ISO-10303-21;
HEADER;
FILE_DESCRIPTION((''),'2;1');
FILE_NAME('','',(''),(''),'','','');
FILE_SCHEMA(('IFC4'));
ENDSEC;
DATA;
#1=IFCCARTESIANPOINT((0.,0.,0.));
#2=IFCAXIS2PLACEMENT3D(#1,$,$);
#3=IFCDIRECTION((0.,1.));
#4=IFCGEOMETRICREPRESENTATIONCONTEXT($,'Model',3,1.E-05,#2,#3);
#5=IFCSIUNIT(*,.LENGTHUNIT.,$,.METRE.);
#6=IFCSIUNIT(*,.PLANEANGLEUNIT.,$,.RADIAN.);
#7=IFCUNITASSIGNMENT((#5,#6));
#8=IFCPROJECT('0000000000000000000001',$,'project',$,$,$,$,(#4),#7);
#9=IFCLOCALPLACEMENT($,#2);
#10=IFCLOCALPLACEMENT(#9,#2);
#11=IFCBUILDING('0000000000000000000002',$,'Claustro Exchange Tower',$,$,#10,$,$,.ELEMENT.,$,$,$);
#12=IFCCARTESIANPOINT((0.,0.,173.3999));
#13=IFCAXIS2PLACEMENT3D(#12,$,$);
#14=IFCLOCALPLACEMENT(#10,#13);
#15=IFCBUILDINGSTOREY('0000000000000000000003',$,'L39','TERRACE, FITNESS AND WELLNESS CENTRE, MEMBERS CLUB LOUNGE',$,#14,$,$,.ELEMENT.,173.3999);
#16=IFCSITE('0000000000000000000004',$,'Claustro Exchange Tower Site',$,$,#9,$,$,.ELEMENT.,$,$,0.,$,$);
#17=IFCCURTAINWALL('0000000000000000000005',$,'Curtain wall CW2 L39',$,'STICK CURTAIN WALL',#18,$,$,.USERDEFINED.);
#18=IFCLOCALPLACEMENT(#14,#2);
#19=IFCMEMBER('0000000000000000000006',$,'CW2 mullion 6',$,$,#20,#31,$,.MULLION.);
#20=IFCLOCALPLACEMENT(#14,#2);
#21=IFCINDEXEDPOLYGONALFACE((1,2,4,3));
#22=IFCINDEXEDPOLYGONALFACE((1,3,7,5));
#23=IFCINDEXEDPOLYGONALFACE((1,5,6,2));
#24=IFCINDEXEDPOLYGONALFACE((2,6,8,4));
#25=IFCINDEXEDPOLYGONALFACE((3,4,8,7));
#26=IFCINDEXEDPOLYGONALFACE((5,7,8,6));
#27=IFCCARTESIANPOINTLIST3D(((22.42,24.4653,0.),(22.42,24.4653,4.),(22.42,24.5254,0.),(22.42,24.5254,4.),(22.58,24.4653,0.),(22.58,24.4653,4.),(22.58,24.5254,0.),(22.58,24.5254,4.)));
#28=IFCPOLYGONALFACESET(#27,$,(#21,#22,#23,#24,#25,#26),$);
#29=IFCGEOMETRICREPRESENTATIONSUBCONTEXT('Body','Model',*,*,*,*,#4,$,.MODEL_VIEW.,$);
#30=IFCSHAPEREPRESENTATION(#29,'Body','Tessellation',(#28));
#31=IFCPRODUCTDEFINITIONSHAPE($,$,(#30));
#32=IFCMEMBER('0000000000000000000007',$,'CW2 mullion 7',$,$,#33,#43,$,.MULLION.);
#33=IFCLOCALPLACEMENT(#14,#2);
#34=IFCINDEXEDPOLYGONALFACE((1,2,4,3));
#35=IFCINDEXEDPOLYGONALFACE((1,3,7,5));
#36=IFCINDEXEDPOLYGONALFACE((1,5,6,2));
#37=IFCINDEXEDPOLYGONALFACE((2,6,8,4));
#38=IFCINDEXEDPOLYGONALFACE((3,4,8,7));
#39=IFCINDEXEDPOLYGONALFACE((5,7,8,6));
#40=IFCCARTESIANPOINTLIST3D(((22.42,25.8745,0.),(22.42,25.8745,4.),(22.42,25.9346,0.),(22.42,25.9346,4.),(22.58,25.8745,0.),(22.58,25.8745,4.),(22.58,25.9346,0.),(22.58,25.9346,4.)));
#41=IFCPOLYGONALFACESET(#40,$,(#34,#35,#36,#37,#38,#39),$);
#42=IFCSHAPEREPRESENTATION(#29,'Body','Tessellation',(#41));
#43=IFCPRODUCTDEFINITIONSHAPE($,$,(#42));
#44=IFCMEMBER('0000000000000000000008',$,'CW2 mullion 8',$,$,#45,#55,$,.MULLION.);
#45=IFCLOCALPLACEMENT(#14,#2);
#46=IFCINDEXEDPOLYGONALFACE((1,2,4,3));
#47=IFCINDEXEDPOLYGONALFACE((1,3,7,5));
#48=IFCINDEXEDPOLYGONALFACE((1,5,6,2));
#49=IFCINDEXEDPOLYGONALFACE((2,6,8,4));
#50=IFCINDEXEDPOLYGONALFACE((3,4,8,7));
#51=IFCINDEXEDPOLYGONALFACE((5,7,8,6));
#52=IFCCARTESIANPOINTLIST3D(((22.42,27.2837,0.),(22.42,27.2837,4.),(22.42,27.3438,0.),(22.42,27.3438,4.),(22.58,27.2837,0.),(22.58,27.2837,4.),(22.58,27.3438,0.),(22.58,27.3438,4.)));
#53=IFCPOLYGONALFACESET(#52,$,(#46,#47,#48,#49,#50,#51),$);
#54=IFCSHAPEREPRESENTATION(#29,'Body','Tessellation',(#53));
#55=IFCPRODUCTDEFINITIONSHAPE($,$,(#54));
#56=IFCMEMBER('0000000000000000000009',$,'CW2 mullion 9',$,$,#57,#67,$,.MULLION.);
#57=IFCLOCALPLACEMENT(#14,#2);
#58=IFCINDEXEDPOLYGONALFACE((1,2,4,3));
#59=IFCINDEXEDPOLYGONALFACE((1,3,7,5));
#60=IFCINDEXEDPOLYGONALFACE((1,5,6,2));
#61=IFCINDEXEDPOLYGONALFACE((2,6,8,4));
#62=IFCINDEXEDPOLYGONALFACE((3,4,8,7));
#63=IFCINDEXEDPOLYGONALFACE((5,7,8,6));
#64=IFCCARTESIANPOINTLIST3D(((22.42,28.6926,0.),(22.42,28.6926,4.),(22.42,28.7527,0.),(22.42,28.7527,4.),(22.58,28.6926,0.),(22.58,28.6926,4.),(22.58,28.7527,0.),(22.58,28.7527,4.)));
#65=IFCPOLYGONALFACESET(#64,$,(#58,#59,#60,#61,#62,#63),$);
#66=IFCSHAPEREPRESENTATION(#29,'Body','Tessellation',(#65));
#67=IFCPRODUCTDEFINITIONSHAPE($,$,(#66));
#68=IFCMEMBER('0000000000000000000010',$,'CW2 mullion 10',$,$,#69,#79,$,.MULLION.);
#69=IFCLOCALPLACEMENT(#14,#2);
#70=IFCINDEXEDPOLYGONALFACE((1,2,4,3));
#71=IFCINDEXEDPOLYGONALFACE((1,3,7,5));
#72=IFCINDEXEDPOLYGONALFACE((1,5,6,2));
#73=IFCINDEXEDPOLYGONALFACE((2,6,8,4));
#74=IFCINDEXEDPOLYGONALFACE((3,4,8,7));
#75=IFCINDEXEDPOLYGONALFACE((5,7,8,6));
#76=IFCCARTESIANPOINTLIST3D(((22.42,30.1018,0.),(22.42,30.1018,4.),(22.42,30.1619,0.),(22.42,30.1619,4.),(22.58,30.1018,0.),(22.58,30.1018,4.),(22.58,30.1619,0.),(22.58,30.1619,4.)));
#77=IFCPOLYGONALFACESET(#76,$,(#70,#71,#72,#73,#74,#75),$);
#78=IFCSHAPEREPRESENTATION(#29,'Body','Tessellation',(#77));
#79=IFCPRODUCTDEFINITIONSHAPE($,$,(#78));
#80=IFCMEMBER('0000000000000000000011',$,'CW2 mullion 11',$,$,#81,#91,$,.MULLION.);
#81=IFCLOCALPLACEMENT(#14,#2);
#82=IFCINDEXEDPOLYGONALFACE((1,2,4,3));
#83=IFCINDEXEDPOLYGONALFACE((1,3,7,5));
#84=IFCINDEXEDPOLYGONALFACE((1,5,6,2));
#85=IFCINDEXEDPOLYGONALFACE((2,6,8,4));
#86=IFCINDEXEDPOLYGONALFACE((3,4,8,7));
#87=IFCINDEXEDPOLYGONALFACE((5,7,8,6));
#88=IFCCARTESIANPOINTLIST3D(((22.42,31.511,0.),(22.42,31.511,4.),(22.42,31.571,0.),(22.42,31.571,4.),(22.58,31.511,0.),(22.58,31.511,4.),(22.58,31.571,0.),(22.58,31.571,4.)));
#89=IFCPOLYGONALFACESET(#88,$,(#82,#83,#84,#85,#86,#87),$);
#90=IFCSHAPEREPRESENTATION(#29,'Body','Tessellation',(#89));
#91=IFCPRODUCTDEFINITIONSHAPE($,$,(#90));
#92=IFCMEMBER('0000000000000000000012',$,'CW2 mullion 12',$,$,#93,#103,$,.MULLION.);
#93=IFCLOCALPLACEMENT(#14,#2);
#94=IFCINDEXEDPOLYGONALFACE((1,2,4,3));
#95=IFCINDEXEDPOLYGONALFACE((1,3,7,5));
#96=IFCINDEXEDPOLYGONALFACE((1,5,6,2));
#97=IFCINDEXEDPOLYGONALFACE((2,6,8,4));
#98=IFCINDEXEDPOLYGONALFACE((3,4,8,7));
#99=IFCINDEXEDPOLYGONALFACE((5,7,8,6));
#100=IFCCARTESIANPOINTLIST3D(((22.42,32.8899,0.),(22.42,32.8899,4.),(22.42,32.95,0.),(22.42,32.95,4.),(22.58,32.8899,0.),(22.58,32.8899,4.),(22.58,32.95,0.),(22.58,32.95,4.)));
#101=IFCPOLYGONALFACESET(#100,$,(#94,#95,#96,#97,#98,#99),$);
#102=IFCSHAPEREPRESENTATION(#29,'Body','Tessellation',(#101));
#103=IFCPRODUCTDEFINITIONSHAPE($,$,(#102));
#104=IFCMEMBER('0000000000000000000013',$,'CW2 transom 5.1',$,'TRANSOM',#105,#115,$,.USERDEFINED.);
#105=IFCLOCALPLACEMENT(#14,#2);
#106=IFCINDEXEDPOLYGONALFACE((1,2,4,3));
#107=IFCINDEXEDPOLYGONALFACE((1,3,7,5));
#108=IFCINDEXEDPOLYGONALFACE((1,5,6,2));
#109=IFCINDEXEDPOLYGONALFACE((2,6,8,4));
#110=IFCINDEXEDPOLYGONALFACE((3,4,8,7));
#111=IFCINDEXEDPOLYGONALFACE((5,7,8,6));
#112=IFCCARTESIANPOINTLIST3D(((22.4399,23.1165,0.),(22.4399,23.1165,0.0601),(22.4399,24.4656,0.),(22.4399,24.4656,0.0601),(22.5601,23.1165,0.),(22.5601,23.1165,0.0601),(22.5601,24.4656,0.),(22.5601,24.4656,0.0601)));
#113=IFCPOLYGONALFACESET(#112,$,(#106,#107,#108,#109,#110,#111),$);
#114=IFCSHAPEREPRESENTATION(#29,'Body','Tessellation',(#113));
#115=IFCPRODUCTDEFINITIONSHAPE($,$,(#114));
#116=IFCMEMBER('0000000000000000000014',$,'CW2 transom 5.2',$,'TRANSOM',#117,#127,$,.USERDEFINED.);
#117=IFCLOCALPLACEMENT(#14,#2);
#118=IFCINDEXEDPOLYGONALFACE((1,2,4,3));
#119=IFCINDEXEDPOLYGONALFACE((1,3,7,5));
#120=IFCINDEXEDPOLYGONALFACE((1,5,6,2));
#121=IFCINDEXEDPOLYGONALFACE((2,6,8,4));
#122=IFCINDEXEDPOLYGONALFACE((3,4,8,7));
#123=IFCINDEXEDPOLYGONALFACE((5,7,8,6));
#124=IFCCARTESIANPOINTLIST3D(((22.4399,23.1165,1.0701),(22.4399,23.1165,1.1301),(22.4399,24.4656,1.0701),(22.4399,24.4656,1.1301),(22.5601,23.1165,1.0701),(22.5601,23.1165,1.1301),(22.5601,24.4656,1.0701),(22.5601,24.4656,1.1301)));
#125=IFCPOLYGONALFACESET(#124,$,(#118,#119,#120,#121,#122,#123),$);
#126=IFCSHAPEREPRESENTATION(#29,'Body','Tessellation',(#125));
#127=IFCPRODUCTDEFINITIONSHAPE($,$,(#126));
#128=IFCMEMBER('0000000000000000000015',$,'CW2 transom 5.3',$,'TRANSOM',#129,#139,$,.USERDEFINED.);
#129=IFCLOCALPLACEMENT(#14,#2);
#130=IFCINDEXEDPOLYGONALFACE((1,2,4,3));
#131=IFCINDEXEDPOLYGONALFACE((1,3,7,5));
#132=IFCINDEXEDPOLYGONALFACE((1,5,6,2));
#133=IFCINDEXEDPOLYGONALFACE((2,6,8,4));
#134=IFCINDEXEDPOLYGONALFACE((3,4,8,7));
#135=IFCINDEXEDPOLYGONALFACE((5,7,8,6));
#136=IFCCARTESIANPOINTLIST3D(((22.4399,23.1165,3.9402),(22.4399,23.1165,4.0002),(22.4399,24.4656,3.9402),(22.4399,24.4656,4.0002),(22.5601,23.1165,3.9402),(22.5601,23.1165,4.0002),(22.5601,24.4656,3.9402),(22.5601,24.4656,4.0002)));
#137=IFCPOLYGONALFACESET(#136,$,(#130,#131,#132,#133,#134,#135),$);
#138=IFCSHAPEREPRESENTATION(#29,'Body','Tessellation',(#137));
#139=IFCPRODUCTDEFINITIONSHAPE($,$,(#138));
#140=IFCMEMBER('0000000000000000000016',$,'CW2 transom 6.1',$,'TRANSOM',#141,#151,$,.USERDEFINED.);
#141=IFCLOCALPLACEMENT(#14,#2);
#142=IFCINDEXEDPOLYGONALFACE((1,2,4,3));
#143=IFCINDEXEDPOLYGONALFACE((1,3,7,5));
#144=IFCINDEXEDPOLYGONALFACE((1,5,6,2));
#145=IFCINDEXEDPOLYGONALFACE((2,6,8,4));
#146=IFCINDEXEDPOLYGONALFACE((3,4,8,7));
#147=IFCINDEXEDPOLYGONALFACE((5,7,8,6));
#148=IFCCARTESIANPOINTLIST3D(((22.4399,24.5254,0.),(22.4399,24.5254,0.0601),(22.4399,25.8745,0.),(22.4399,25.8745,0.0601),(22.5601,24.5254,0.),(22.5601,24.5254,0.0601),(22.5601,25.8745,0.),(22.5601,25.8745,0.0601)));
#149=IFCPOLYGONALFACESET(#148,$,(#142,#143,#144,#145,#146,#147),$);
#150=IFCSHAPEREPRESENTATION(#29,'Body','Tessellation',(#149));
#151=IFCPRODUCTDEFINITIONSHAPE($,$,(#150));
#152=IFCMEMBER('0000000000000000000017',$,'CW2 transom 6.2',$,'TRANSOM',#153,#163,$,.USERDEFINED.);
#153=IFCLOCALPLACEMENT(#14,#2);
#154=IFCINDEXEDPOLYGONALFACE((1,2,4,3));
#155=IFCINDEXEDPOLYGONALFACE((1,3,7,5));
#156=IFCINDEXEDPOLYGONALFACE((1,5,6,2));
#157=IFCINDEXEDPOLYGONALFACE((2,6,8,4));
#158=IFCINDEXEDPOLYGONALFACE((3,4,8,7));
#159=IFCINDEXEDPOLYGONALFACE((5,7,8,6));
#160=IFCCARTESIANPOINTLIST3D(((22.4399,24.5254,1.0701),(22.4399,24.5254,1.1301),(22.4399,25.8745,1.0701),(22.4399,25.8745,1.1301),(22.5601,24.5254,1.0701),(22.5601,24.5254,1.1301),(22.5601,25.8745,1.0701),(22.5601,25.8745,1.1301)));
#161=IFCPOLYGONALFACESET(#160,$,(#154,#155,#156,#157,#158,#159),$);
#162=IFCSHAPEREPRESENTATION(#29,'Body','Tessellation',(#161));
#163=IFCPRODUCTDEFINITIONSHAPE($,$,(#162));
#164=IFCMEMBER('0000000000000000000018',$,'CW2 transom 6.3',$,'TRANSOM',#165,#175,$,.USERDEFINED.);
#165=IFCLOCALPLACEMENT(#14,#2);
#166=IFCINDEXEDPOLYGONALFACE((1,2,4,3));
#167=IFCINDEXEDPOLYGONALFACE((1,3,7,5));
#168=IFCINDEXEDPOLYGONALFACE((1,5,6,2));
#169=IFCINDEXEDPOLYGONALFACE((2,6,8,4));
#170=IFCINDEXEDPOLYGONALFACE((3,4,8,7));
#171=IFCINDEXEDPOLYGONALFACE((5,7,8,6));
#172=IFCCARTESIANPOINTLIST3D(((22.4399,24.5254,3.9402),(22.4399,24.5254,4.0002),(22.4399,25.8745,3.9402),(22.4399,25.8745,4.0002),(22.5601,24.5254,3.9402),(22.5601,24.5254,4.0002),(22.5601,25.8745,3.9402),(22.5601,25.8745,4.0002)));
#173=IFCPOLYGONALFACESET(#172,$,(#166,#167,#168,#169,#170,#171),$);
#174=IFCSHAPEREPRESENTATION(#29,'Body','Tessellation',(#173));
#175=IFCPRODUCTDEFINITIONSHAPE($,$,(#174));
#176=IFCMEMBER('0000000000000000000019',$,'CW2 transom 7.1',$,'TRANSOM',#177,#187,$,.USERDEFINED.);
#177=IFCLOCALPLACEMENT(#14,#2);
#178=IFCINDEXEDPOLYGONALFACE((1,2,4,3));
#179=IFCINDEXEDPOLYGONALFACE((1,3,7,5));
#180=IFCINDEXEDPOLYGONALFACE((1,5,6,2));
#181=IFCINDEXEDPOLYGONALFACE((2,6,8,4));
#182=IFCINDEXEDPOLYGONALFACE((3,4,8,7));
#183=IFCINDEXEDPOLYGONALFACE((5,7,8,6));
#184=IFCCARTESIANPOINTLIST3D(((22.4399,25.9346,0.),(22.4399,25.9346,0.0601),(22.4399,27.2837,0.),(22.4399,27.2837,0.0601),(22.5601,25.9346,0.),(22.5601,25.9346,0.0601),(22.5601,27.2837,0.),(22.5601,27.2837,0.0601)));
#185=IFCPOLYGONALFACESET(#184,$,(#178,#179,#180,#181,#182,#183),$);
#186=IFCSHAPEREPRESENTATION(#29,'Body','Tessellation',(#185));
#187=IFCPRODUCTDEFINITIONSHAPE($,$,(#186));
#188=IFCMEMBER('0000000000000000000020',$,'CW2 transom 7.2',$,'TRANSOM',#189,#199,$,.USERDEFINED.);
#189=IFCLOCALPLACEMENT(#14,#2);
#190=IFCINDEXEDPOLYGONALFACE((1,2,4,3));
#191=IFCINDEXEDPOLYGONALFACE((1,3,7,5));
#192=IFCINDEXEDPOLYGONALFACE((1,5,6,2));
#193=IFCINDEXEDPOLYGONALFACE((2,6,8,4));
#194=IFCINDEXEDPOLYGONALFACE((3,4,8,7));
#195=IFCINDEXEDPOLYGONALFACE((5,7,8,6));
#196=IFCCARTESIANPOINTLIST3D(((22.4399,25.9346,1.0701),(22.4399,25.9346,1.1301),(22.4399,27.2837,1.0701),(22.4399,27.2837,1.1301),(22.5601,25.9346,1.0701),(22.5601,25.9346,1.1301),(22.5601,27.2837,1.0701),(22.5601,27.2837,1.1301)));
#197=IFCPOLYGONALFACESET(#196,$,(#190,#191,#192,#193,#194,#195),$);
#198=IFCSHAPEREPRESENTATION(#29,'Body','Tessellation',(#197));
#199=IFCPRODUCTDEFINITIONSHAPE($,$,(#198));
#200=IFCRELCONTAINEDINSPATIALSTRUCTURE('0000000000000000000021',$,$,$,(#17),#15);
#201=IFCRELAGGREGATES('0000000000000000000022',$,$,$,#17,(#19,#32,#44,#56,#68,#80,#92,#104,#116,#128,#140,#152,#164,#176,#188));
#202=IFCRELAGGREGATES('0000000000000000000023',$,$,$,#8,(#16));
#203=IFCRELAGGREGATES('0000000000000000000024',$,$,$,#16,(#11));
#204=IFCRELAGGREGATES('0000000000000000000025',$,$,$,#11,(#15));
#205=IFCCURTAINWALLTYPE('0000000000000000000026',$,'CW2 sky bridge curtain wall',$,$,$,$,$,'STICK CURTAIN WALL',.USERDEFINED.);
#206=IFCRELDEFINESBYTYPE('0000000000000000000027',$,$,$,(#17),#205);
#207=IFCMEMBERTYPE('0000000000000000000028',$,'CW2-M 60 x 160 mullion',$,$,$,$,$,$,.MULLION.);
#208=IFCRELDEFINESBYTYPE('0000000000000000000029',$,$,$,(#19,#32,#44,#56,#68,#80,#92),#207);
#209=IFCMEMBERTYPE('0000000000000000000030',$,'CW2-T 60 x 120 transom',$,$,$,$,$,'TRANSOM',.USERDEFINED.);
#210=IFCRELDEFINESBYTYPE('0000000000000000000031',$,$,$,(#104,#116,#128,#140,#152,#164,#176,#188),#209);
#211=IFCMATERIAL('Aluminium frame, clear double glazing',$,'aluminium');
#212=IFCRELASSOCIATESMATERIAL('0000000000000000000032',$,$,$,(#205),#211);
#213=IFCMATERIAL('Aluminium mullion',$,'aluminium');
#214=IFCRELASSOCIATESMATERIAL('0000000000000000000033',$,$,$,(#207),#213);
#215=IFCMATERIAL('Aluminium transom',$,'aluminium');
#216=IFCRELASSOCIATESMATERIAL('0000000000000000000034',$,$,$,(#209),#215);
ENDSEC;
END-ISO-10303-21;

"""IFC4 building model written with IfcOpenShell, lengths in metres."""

from ifc_helpers import new_model, si_unit, direction, frame, origin, origin_2d, place, context, subcontext, project, spatial, rectangle, extrude, material, material_profile, profile_set, type_object, element, aggregate, save


model = new_model("IFC4")

# Units and contexts
model_context = context("Model", 3, precision=1e-05, world=origin(), true_north=direction((0.0, 1.0)))
body_context = subcontext(model_context, "Body", "Model", "MODEL_VIEW")
ifc_project = project(units=[si_unit("LENGTHUNIT", "METRE"), si_unit("PLANEANGLEUNIT", "RADIAN")], contexts=[model_context])

# Site, building, storey
site_placement = place(None, origin())
site = spatial("IfcSite", under=ifc_project, at=site_placement, Name="Claustro Exchange Tower Site", CompositionType="ELEMENT", RefElevation=0.0)
building_placement = place(site_placement, origin())
building = spatial("IfcBuilding", under=site, at=building_placement, Name="Claustro Exchange Tower", CompositionType="ELEMENT")
storey_placement = place(building_placement, frame((0.0, 0.0, 173.3999)))
storey = spatial("IfcBuildingStorey", under=building, at=storey_placement, Name="L39", Description="TERRACE, FITNESS AND WELLNESS CENTRE, MEMBERS CLUB LOUNGE", CompositionType="ELEMENT", Elevation=173.3999)

# Curtain wall, members
ifc_material_1 = material(Name="Aluminium frame, clear double glazing", Category="aluminium")
curtain_wall_type = type_object("IfcCurtainWallType", Name="CW2 sky bridge curtain wall", ElementType="STICK CURTAIN WALL", PredefinedType="USERDEFINED", material=ifc_material_1)
curtain_wall_placement = place(storey_placement, origin())
curtain_wall = element("IfcCurtainWall", 1, at=curtain_wall_placement, inside=storey, type_object=curtain_wall_type, Name="Curtain wall CW2 L39", ObjectType="STICK CURTAIN WALL", PredefinedType="USERDEFINED")
ifc_material_2 = material(Name="Aluminium mullion", Category="aluminium")
ifc_material_profile_1 = material_profile(ifc_material_2, rectangle(XDim=0.1599, YDim=0.0601, at=origin_2d()), Name="CW2-M 60x160")
ifc_profile_set_1 = profile_set([ifc_material_profile_1], Name="Aluminium mullion")
member_type_1 = type_object("IfcMemberType", Name="CW2-M 60 x 160 mullion", PredefinedType="MULLION", material=ifc_profile_set_1)
member_1_placement = place(storey_placement, frame((22.5, 24.4954, 0.0), z_axis=(0.0, 0.0, 1.0), x_axis=(-1.0, 0.0, 0.0)))
member_1 = element("IfcMember", 2, at=member_1_placement, type_object=member_type_1, Name="CW2 mullion 6", PredefinedType="MULLION", context=body_context, shape_type="SweptSolid", body=[
    extrude(rectangle(XDim=0.1599, YDim=0.0601, at=origin_2d()), origin(), (0.0, 0.0, 1.0), 4.0),
])
member_2_placement = place(storey_placement, frame((22.5, 25.9045, 0.0), z_axis=(0.0, 0.0, 1.0), x_axis=(-1.0, 0.0, 0.0)))
member_2 = element("IfcMember", 3, at=member_2_placement, type_object=member_type_1, Name="CW2 mullion 7", PredefinedType="MULLION", context=body_context, shape_type="SweptSolid", body=[
    extrude(rectangle(XDim=0.1599, YDim=0.0601, at=origin_2d()), origin(), (0.0, 0.0, 1.0), 4.0),
])
member_3_placement = place(storey_placement, frame((22.5, 27.3137, 0.0), z_axis=(0.0, 0.0, 1.0), x_axis=(-1.0, 0.0, 0.0)))
member_3 = element("IfcMember", 4, at=member_3_placement, type_object=member_type_1, Name="CW2 mullion 8", PredefinedType="MULLION", context=body_context, shape_type="SweptSolid", body=[
    extrude(rectangle(XDim=0.1599, YDim=0.0601, at=origin_2d()), origin(), (0.0, 0.0, 1.0), 4.0),
])
member_4_placement = place(storey_placement, frame((22.5, 28.7227, 0.0), z_axis=(0.0, 0.0, 1.0), x_axis=(-1.0, 0.0, 0.0)))
member_4 = element("IfcMember", 5, at=member_4_placement, type_object=member_type_1, Name="CW2 mullion 9", PredefinedType="MULLION", context=body_context, shape_type="SweptSolid", body=[
    extrude(rectangle(XDim=0.1599, YDim=0.0601, at=origin_2d()), origin(), (0.0, 0.0, 1.0), 4.0),
])
member_5_placement = place(storey_placement, frame((22.5, 30.1318, 0.0), z_axis=(0.0, 0.0, 1.0), x_axis=(-1.0, 0.0, 0.0)))
member_5 = element("IfcMember", 6, at=member_5_placement, type_object=member_type_1, Name="CW2 mullion 10", PredefinedType="MULLION", context=body_context, shape_type="SweptSolid", body=[
    extrude(rectangle(XDim=0.1599, YDim=0.0601, at=origin_2d()), origin(), (0.0, 0.0, 1.0), 4.0),
])
member_6_placement = place(storey_placement, frame((22.5, 31.541, 0.0), z_axis=(0.0, 0.0, 1.0), x_axis=(-1.0, 0.0, 0.0)))
member_6 = element("IfcMember", 7, at=member_6_placement, type_object=member_type_1, Name="CW2 mullion 11", PredefinedType="MULLION", context=body_context, shape_type="SweptSolid", body=[
    extrude(rectangle(XDim=0.1599, YDim=0.0601, at=origin_2d()), origin(), (0.0, 0.0, 1.0), 4.0),
])
member_7_placement = place(storey_placement, frame((22.5, 32.9199, 0.0), z_axis=(0.0, 0.0, 1.0), x_axis=(-1.0, 0.0, 0.0)))
member_7 = element("IfcMember", 8, at=member_7_placement, type_object=member_type_1, Name="CW2 mullion 12", PredefinedType="MULLION", context=body_context, shape_type="SweptSolid", body=[
    extrude(rectangle(XDim=0.1599, YDim=0.0601, at=origin_2d()), origin(), (0.0, 0.0, 1.0), 4.0),
])
ifc_material_3 = material(Name="Aluminium transom", Category="aluminium")
ifc_material_profile_2 = material_profile(ifc_material_3, rectangle(XDim=0.1201, YDim=0.0601, at=origin_2d()), Name="CW2-T 60x120")
ifc_profile_set_2 = profile_set([ifc_material_profile_2], Name="Aluminium transom")
member_type_2 = type_object("IfcMemberType", Name="CW2-T 60 x 120 transom", ElementType="TRANSOM", PredefinedType="USERDEFINED", material=ifc_profile_set_2)
member_8_placement = place(storey_placement, frame((22.5, 23.1165, 0.03), z_axis=(0.0, 1.0, 0.0), x_axis=(-1.0, 0.0, 0.0)))
member_8 = element("IfcMember", 9, at=member_8_placement, type_object=member_type_2, Name="CW2 transom 5.1", ObjectType="TRANSOM", PredefinedType="USERDEFINED", context=body_context, shape_type="SweptSolid", body=[
    extrude(rectangle(XDim=0.1201, YDim=0.0601, at=origin_2d()), origin(), (0.0, 0.0, 1.0), 1.3491),
])
member_9_placement = place(storey_placement, frame((22.5, 23.1165, 1.1001), z_axis=(0.0, 1.0, 0.0), x_axis=(-1.0, 0.0, 0.0)))
member_9 = element("IfcMember", 10, at=member_9_placement, type_object=member_type_2, Name="CW2 transom 5.2", ObjectType="TRANSOM", PredefinedType="USERDEFINED", context=body_context, shape_type="SweptSolid", body=[
    extrude(rectangle(XDim=0.1201, YDim=0.0601, at=origin_2d()), origin(), (0.0, 0.0, 1.0), 1.3491),
])
member_10_placement = place(storey_placement, frame((22.5, 23.1165, 3.9702), z_axis=(0.0, 1.0, 0.0), x_axis=(-1.0, 0.0, 0.0)))
member_10 = element("IfcMember", 11, at=member_10_placement, type_object=member_type_2, Name="CW2 transom 5.3", ObjectType="TRANSOM", PredefinedType="USERDEFINED", context=body_context, shape_type="SweptSolid", body=[
    extrude(rectangle(XDim=0.1201, YDim=0.0601, at=origin_2d()), origin(), (0.0, 0.0, 1.0), 1.3491),
])
member_11_placement = place(storey_placement, frame((22.5, 24.5254, 0.03), z_axis=(0.0, 1.0, 0.0), x_axis=(-1.0, 0.0, 0.0)))
member_11 = element("IfcMember", 12, at=member_11_placement, type_object=member_type_2, Name="CW2 transom 6.1", ObjectType="TRANSOM", PredefinedType="USERDEFINED", context=body_context, shape_type="SweptSolid", body=[
    extrude(rectangle(XDim=0.1201, YDim=0.0601, at=origin_2d()), origin(), (0.0, 0.0, 1.0), 1.3491),
])
member_12_placement = place(storey_placement, frame((22.5, 24.5254, 1.1001), z_axis=(0.0, 1.0, 0.0), x_axis=(-1.0, 0.0, 0.0)))
member_12 = element("IfcMember", 13, at=member_12_placement, type_object=member_type_2, Name="CW2 transom 6.2", ObjectType="TRANSOM", PredefinedType="USERDEFINED", context=body_context, shape_type="SweptSolid", body=[
    extrude(rectangle(XDim=0.1201, YDim=0.0601, at=origin_2d()), origin(), (0.0, 0.0, 1.0), 1.3491),
])
member_13_placement = place(storey_placement, frame((22.5, 24.5254, 3.9702), z_axis=(0.0, 1.0, 0.0), x_axis=(-1.0, 0.0, 0.0)))
member_13 = element("IfcMember", 14, at=member_13_placement, type_object=member_type_2, Name="CW2 transom 6.3", ObjectType="TRANSOM", PredefinedType="USERDEFINED", context=body_context, shape_type="SweptSolid", body=[
    extrude(rectangle(XDim=0.1201, YDim=0.0601, at=origin_2d()), origin(), (0.0, 0.0, 1.0), 1.3491),
])
member_14_placement = place(storey_placement, frame((22.5, 25.9346, 0.03), z_axis=(0.0, 1.0, 0.0), x_axis=(-1.0, 0.0, 0.0)))
member_14 = element("IfcMember", 15, at=member_14_placement, type_object=member_type_2, Name="CW2 transom 7.1", ObjectType="TRANSOM", PredefinedType="USERDEFINED", context=body_context, shape_type="SweptSolid", body=[
    extrude(rectangle(XDim=0.1201, YDim=0.0601, at=origin_2d()), origin(), (0.0, 0.0, 1.0), 1.3491),
])
member_15_placement = place(storey_placement, frame((22.5, 25.9346, 1.1001), z_axis=(0.0, 1.0, 0.0), x_axis=(-1.0, 0.0, 0.0)))
member_15 = element("IfcMember", 16, at=member_15_placement, type_object=member_type_2, Name="CW2 transom 7.2", ObjectType="TRANSOM", PredefinedType="USERDEFINED", context=body_context, shape_type="SweptSolid", body=[
    extrude(rectangle(XDim=0.1201, YDim=0.0601, at=origin_2d()), origin(), (0.0, 0.0, 1.0), 1.3491),
])
aggregate(curtain_wall, [member_1, member_2, member_3, member_4, member_5, member_6, member_7, member_8, member_9, member_10, member_11, member_12, member_13, member_14, member_15])

save(model, "model.ifc")
